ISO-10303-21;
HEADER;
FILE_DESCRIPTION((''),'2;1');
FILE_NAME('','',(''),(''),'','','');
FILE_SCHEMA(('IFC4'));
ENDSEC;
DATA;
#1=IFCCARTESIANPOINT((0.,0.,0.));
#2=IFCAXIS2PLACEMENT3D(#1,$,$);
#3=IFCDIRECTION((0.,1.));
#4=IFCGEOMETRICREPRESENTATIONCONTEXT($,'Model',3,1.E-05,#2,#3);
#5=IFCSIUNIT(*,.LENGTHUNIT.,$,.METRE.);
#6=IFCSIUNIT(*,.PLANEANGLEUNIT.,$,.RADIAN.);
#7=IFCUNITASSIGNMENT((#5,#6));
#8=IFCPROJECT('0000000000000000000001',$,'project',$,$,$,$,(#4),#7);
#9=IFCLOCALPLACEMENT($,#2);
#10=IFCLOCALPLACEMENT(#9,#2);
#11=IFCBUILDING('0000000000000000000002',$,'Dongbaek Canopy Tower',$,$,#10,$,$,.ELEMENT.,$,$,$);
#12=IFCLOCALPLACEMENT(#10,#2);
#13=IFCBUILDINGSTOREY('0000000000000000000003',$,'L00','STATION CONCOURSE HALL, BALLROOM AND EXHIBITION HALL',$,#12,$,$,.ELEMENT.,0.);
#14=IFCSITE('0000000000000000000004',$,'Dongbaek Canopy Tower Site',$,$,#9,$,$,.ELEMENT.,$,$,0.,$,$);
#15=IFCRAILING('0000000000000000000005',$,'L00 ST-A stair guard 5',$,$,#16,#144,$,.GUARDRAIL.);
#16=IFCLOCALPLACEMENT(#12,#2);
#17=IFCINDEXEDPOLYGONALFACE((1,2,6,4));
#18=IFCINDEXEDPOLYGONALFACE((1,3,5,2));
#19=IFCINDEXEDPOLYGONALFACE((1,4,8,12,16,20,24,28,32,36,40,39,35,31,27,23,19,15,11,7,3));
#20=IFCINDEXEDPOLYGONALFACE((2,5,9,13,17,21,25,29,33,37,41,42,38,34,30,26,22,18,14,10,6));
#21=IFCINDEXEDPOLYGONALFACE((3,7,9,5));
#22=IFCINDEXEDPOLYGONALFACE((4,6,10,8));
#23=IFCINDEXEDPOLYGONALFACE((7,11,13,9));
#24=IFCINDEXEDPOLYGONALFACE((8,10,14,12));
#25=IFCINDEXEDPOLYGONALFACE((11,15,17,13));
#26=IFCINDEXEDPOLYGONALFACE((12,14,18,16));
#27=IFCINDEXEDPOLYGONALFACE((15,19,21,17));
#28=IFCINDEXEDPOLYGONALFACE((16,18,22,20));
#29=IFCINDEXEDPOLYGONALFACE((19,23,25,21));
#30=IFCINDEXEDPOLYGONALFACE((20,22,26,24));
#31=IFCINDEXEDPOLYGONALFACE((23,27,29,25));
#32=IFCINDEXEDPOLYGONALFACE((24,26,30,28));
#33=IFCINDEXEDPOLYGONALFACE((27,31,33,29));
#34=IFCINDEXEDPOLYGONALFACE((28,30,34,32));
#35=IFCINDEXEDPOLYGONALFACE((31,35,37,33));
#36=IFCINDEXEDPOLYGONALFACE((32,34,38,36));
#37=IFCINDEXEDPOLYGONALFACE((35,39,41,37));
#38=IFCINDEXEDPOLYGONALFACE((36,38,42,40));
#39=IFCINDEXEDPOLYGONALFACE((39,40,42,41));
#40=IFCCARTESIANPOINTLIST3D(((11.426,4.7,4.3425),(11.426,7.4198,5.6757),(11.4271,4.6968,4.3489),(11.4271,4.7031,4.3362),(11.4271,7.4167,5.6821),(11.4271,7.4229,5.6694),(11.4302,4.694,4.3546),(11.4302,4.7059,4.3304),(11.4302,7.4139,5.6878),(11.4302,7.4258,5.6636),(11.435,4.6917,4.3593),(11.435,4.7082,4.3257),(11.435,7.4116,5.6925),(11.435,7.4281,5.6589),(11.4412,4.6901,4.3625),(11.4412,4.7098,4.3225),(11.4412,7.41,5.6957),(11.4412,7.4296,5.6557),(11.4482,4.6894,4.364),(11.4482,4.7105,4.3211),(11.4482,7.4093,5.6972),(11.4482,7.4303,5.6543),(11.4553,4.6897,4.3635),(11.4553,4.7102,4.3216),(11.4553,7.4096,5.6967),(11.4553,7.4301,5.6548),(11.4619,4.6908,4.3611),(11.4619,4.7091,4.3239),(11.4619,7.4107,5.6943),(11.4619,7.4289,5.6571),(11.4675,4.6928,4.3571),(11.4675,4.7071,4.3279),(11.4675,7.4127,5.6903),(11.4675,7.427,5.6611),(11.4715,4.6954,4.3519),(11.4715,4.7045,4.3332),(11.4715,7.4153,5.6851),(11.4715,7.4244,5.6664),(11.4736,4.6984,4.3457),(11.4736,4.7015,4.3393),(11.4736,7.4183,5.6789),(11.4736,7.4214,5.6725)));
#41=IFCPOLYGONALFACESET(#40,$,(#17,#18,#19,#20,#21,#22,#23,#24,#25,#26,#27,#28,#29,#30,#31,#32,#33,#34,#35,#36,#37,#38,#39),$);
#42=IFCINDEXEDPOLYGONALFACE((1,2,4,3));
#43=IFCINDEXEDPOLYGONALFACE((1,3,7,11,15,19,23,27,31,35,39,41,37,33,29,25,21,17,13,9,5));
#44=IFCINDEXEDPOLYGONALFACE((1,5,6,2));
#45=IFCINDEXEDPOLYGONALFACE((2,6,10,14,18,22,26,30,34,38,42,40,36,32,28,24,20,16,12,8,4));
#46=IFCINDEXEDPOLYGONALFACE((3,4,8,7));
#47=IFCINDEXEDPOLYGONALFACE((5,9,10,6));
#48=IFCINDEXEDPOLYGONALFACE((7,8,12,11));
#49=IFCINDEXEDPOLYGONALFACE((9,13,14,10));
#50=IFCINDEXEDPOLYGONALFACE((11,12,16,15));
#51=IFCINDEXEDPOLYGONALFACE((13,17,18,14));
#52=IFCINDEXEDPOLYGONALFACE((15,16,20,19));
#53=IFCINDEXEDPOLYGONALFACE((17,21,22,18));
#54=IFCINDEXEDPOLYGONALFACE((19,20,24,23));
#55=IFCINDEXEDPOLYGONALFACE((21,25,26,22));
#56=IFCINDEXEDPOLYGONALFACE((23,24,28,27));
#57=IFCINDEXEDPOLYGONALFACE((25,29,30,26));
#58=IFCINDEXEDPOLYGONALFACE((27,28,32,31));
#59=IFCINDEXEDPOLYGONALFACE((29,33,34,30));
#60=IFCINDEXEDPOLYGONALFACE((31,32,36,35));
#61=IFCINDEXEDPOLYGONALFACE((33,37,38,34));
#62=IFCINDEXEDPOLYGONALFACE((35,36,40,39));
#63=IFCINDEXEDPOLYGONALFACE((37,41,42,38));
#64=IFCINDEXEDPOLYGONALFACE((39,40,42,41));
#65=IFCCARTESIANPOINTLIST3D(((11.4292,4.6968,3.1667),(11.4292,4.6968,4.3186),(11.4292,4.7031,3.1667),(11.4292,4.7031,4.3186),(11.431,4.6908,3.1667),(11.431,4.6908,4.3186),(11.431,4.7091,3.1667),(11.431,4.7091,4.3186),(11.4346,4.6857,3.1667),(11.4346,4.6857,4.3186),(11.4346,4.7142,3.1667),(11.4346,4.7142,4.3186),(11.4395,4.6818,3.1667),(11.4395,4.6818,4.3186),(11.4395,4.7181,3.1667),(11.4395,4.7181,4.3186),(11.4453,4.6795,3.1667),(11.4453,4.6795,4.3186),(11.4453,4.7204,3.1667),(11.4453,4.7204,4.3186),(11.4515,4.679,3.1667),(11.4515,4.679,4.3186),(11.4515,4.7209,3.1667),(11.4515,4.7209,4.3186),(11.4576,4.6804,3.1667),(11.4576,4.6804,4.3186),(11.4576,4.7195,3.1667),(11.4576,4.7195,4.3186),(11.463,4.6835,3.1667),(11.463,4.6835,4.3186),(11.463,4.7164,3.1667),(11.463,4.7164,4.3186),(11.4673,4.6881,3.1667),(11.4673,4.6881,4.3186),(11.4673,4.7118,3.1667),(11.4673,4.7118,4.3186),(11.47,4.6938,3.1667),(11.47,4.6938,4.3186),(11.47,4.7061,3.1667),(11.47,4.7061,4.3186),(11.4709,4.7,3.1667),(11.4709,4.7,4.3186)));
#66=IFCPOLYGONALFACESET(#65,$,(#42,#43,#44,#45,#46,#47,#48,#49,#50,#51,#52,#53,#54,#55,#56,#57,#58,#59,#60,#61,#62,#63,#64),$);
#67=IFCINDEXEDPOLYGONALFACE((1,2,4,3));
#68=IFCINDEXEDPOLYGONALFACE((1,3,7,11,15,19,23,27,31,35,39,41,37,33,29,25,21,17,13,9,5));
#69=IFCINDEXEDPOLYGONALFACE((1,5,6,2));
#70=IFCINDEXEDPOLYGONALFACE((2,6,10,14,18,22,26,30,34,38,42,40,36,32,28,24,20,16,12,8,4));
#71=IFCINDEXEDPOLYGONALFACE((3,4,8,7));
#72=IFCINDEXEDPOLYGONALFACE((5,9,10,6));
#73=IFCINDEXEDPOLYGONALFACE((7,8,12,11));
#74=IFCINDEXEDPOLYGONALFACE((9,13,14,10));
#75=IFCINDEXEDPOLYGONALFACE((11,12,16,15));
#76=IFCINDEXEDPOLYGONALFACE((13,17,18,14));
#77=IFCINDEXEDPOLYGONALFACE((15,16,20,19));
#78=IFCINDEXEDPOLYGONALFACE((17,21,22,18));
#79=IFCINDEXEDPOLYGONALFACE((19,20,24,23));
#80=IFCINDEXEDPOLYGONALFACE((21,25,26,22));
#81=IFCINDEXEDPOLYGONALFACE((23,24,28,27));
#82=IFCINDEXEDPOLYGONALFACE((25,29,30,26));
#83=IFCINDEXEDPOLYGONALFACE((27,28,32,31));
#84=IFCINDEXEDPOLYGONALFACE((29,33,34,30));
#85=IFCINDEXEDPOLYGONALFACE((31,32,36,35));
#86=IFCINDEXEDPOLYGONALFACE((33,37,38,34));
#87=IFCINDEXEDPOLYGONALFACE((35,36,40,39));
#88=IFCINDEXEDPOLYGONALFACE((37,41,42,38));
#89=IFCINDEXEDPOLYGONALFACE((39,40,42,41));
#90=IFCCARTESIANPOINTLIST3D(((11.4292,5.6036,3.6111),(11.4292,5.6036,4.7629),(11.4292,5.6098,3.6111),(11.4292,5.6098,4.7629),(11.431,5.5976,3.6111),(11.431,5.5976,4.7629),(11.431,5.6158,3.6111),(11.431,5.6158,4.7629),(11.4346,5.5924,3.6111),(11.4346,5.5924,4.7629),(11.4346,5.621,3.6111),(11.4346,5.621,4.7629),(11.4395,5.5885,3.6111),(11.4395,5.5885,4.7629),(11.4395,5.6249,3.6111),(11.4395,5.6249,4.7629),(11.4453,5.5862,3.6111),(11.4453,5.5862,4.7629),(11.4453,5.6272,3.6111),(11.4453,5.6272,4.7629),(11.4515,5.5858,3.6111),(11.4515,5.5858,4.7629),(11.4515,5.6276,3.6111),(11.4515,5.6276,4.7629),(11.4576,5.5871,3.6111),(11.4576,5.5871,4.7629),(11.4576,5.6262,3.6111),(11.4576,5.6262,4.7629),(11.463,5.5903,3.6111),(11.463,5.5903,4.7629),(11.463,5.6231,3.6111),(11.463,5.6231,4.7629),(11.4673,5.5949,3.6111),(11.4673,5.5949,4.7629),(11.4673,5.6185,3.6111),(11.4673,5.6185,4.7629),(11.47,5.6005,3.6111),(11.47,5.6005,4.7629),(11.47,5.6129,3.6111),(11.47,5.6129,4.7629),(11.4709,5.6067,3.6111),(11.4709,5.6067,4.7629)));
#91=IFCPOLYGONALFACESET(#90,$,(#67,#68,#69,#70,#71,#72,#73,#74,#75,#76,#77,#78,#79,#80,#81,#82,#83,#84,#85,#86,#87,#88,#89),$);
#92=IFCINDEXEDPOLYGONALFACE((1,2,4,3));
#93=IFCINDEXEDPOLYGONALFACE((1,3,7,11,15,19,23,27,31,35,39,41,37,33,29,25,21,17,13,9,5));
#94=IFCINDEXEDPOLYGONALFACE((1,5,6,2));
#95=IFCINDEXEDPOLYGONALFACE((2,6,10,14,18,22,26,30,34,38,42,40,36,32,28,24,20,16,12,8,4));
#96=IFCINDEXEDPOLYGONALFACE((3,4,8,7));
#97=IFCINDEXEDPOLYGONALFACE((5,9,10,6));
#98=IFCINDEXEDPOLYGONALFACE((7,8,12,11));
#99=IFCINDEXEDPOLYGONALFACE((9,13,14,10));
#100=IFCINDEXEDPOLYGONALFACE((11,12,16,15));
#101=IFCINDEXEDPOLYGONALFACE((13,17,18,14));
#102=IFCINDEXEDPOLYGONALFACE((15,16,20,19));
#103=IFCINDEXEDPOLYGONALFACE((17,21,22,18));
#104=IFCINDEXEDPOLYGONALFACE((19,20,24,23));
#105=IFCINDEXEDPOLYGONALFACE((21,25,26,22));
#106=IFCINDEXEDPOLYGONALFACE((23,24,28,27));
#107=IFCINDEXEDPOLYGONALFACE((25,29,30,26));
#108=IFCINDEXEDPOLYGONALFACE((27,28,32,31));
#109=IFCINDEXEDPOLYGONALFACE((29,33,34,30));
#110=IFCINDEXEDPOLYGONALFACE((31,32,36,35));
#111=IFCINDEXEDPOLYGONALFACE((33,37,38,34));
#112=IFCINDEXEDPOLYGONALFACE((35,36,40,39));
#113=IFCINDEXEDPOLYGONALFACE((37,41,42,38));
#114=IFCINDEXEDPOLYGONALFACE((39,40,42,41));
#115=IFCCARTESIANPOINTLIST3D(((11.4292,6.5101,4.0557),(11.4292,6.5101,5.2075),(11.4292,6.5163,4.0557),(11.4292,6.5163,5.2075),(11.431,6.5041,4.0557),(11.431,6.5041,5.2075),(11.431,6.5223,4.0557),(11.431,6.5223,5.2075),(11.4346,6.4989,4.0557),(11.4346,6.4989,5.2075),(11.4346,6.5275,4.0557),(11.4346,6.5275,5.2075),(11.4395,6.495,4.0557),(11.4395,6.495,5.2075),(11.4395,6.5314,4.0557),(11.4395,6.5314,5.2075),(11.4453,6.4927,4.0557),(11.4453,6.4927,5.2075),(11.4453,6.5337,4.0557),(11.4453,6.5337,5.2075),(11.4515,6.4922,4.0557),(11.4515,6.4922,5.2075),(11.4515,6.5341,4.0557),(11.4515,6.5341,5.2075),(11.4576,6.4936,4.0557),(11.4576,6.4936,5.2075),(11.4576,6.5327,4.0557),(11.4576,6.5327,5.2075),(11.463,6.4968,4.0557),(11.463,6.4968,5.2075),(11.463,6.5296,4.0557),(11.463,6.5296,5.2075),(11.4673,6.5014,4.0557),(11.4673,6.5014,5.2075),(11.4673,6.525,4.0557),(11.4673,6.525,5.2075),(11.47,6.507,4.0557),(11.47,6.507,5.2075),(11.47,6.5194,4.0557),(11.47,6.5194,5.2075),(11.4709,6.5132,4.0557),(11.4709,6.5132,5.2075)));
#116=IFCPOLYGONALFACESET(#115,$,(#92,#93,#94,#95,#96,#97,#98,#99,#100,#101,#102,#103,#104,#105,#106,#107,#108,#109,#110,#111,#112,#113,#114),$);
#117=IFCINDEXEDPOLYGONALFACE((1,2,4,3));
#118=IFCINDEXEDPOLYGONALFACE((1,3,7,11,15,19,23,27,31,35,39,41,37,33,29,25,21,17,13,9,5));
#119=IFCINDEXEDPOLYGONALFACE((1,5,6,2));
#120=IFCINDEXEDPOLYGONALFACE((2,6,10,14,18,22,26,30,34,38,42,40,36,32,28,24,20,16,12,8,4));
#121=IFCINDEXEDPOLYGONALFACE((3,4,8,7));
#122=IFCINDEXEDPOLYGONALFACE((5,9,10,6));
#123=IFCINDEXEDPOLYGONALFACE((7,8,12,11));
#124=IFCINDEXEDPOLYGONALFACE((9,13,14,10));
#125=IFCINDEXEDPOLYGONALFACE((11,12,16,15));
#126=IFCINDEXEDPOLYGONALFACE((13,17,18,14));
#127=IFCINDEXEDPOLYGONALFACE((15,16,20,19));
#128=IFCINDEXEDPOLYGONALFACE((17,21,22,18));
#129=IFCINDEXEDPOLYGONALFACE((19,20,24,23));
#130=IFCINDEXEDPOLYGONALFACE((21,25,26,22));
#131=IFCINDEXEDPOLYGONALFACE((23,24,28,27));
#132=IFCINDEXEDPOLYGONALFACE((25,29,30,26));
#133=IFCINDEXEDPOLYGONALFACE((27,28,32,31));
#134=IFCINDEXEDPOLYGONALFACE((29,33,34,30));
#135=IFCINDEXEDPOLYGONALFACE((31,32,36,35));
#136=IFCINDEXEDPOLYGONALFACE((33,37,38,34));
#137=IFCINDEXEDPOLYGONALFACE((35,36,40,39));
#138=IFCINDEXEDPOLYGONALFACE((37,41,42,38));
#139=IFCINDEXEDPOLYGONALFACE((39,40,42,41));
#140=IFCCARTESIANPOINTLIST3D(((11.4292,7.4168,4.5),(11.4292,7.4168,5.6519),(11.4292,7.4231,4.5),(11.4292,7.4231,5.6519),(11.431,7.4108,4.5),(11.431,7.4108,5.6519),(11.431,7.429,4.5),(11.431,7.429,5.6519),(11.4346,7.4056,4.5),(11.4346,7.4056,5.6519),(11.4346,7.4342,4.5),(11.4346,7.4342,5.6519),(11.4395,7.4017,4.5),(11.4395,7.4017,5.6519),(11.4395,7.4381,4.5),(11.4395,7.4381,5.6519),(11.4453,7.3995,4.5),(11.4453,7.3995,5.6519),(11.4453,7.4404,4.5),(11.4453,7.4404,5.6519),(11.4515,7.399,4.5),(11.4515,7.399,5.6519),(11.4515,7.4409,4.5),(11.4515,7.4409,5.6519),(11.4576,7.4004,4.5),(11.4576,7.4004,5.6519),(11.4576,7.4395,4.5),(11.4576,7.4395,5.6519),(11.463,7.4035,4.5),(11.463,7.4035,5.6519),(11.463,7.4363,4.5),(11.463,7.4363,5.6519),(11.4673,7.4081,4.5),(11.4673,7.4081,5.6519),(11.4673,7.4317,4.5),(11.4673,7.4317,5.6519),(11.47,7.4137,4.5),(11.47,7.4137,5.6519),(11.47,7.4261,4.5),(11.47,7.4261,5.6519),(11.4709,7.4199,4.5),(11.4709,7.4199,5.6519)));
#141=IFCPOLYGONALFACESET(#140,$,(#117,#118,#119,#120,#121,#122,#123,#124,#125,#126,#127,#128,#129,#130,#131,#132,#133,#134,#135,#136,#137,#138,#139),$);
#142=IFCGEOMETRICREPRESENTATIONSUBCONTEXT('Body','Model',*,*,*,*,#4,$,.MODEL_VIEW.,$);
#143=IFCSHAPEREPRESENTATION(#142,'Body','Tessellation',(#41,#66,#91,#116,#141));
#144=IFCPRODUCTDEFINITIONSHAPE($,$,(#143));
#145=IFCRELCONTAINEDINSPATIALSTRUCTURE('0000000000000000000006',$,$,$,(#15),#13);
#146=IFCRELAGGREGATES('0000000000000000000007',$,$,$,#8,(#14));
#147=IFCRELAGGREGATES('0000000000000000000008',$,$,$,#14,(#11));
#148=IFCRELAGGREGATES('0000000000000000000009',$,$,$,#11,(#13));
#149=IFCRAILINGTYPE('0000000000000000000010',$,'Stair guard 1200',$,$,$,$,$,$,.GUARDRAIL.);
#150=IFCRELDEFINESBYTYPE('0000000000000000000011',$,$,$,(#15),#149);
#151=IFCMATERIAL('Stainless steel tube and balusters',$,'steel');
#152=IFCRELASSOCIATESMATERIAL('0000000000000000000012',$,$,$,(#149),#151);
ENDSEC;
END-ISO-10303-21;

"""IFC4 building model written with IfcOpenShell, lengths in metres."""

from ifc_helpers import new_model, si_unit, direction, frame, origin, origin_2d, place, context, subcontext, project, spatial, circle, extrude, material, type_object, element, save


model = new_model("IFC4")

# Units and contexts
model_context = context("Model", 3, precision=1e-05, world=origin(), true_north=direction((0.0, 1.0)))
body_context = subcontext(model_context, "Body", "Model", "MODEL_VIEW")
ifc_project = project(units=[si_unit("LENGTHUNIT", "METRE"), si_unit("PLANEANGLEUNIT", "RADIAN")], contexts=[model_context])

# Site, building, storey
site_placement = place(None, origin())
site = spatial("IfcSite", under=ifc_project, at=site_placement, Name="Dongbaek Canopy Tower Site", CompositionType="ELEMENT", RefElevation=0.0)
building_placement = place(site_placement, origin())
building = spatial("IfcBuilding", under=site, at=building_placement, Name="Dongbaek Canopy Tower", CompositionType="ELEMENT")
storey_placement = place(building_placement, origin())
storey = spatial("IfcBuildingStorey", under=building, at=storey_placement, Name="L00", Description="STATION CONCOURSE HALL, BALLROOM AND EXHIBITION HALL", CompositionType="ELEMENT", Elevation=0.0)

# Railing
ifc_material_1 = material(Name="Stainless steel tube and balusters", Category="steel")
railing_type_1 = type_object("IfcRailingType", Name="Stair guard 1200", PredefinedType="GUARDRAIL", material=ifc_material_1)
railing_1_placement = place(storey_placement, frame((11.45, 4.7, 3.1667)))
element("IfcRailing", 1, at=railing_1_placement, inside=storey, type_object=railing_type_1, Name="L00 ST-A stair guard 5", PredefinedType="GUARDRAIL", context=body_context, shape_type="SweptSolid", body=[
    extrude(circle(Radius=0.0239, at=origin_2d()), frame((0.0, 0.0, 1.1758), z_axis=(0.0, 0.897929, 0.440139), x_axis=(-1.0, 0.0, 0.0)), (0.0, 0.0, 1.0), 3.0291),
    extrude(circle(Radius=0.021, at=origin_2d()), origin(), (0.0, 0.0, 1.0), 1.1519),
    extrude(circle(Radius=0.021, at=origin_2d()), frame((0.0, 0.9067, 0.4443)), (0.0, 0.0, 1.0), 1.1519),
    extrude(circle(Radius=0.021, at=origin_2d()), frame((0.0, 1.8132, 0.8889)), (0.0, 0.0, 1.0), 1.1519),
    extrude(circle(Radius=0.021, at=origin_2d()), frame((0.0, 2.72, 1.3333)), (0.0, 0.0, 1.0), 1.1519),
])

save(model, "model.ifc")
